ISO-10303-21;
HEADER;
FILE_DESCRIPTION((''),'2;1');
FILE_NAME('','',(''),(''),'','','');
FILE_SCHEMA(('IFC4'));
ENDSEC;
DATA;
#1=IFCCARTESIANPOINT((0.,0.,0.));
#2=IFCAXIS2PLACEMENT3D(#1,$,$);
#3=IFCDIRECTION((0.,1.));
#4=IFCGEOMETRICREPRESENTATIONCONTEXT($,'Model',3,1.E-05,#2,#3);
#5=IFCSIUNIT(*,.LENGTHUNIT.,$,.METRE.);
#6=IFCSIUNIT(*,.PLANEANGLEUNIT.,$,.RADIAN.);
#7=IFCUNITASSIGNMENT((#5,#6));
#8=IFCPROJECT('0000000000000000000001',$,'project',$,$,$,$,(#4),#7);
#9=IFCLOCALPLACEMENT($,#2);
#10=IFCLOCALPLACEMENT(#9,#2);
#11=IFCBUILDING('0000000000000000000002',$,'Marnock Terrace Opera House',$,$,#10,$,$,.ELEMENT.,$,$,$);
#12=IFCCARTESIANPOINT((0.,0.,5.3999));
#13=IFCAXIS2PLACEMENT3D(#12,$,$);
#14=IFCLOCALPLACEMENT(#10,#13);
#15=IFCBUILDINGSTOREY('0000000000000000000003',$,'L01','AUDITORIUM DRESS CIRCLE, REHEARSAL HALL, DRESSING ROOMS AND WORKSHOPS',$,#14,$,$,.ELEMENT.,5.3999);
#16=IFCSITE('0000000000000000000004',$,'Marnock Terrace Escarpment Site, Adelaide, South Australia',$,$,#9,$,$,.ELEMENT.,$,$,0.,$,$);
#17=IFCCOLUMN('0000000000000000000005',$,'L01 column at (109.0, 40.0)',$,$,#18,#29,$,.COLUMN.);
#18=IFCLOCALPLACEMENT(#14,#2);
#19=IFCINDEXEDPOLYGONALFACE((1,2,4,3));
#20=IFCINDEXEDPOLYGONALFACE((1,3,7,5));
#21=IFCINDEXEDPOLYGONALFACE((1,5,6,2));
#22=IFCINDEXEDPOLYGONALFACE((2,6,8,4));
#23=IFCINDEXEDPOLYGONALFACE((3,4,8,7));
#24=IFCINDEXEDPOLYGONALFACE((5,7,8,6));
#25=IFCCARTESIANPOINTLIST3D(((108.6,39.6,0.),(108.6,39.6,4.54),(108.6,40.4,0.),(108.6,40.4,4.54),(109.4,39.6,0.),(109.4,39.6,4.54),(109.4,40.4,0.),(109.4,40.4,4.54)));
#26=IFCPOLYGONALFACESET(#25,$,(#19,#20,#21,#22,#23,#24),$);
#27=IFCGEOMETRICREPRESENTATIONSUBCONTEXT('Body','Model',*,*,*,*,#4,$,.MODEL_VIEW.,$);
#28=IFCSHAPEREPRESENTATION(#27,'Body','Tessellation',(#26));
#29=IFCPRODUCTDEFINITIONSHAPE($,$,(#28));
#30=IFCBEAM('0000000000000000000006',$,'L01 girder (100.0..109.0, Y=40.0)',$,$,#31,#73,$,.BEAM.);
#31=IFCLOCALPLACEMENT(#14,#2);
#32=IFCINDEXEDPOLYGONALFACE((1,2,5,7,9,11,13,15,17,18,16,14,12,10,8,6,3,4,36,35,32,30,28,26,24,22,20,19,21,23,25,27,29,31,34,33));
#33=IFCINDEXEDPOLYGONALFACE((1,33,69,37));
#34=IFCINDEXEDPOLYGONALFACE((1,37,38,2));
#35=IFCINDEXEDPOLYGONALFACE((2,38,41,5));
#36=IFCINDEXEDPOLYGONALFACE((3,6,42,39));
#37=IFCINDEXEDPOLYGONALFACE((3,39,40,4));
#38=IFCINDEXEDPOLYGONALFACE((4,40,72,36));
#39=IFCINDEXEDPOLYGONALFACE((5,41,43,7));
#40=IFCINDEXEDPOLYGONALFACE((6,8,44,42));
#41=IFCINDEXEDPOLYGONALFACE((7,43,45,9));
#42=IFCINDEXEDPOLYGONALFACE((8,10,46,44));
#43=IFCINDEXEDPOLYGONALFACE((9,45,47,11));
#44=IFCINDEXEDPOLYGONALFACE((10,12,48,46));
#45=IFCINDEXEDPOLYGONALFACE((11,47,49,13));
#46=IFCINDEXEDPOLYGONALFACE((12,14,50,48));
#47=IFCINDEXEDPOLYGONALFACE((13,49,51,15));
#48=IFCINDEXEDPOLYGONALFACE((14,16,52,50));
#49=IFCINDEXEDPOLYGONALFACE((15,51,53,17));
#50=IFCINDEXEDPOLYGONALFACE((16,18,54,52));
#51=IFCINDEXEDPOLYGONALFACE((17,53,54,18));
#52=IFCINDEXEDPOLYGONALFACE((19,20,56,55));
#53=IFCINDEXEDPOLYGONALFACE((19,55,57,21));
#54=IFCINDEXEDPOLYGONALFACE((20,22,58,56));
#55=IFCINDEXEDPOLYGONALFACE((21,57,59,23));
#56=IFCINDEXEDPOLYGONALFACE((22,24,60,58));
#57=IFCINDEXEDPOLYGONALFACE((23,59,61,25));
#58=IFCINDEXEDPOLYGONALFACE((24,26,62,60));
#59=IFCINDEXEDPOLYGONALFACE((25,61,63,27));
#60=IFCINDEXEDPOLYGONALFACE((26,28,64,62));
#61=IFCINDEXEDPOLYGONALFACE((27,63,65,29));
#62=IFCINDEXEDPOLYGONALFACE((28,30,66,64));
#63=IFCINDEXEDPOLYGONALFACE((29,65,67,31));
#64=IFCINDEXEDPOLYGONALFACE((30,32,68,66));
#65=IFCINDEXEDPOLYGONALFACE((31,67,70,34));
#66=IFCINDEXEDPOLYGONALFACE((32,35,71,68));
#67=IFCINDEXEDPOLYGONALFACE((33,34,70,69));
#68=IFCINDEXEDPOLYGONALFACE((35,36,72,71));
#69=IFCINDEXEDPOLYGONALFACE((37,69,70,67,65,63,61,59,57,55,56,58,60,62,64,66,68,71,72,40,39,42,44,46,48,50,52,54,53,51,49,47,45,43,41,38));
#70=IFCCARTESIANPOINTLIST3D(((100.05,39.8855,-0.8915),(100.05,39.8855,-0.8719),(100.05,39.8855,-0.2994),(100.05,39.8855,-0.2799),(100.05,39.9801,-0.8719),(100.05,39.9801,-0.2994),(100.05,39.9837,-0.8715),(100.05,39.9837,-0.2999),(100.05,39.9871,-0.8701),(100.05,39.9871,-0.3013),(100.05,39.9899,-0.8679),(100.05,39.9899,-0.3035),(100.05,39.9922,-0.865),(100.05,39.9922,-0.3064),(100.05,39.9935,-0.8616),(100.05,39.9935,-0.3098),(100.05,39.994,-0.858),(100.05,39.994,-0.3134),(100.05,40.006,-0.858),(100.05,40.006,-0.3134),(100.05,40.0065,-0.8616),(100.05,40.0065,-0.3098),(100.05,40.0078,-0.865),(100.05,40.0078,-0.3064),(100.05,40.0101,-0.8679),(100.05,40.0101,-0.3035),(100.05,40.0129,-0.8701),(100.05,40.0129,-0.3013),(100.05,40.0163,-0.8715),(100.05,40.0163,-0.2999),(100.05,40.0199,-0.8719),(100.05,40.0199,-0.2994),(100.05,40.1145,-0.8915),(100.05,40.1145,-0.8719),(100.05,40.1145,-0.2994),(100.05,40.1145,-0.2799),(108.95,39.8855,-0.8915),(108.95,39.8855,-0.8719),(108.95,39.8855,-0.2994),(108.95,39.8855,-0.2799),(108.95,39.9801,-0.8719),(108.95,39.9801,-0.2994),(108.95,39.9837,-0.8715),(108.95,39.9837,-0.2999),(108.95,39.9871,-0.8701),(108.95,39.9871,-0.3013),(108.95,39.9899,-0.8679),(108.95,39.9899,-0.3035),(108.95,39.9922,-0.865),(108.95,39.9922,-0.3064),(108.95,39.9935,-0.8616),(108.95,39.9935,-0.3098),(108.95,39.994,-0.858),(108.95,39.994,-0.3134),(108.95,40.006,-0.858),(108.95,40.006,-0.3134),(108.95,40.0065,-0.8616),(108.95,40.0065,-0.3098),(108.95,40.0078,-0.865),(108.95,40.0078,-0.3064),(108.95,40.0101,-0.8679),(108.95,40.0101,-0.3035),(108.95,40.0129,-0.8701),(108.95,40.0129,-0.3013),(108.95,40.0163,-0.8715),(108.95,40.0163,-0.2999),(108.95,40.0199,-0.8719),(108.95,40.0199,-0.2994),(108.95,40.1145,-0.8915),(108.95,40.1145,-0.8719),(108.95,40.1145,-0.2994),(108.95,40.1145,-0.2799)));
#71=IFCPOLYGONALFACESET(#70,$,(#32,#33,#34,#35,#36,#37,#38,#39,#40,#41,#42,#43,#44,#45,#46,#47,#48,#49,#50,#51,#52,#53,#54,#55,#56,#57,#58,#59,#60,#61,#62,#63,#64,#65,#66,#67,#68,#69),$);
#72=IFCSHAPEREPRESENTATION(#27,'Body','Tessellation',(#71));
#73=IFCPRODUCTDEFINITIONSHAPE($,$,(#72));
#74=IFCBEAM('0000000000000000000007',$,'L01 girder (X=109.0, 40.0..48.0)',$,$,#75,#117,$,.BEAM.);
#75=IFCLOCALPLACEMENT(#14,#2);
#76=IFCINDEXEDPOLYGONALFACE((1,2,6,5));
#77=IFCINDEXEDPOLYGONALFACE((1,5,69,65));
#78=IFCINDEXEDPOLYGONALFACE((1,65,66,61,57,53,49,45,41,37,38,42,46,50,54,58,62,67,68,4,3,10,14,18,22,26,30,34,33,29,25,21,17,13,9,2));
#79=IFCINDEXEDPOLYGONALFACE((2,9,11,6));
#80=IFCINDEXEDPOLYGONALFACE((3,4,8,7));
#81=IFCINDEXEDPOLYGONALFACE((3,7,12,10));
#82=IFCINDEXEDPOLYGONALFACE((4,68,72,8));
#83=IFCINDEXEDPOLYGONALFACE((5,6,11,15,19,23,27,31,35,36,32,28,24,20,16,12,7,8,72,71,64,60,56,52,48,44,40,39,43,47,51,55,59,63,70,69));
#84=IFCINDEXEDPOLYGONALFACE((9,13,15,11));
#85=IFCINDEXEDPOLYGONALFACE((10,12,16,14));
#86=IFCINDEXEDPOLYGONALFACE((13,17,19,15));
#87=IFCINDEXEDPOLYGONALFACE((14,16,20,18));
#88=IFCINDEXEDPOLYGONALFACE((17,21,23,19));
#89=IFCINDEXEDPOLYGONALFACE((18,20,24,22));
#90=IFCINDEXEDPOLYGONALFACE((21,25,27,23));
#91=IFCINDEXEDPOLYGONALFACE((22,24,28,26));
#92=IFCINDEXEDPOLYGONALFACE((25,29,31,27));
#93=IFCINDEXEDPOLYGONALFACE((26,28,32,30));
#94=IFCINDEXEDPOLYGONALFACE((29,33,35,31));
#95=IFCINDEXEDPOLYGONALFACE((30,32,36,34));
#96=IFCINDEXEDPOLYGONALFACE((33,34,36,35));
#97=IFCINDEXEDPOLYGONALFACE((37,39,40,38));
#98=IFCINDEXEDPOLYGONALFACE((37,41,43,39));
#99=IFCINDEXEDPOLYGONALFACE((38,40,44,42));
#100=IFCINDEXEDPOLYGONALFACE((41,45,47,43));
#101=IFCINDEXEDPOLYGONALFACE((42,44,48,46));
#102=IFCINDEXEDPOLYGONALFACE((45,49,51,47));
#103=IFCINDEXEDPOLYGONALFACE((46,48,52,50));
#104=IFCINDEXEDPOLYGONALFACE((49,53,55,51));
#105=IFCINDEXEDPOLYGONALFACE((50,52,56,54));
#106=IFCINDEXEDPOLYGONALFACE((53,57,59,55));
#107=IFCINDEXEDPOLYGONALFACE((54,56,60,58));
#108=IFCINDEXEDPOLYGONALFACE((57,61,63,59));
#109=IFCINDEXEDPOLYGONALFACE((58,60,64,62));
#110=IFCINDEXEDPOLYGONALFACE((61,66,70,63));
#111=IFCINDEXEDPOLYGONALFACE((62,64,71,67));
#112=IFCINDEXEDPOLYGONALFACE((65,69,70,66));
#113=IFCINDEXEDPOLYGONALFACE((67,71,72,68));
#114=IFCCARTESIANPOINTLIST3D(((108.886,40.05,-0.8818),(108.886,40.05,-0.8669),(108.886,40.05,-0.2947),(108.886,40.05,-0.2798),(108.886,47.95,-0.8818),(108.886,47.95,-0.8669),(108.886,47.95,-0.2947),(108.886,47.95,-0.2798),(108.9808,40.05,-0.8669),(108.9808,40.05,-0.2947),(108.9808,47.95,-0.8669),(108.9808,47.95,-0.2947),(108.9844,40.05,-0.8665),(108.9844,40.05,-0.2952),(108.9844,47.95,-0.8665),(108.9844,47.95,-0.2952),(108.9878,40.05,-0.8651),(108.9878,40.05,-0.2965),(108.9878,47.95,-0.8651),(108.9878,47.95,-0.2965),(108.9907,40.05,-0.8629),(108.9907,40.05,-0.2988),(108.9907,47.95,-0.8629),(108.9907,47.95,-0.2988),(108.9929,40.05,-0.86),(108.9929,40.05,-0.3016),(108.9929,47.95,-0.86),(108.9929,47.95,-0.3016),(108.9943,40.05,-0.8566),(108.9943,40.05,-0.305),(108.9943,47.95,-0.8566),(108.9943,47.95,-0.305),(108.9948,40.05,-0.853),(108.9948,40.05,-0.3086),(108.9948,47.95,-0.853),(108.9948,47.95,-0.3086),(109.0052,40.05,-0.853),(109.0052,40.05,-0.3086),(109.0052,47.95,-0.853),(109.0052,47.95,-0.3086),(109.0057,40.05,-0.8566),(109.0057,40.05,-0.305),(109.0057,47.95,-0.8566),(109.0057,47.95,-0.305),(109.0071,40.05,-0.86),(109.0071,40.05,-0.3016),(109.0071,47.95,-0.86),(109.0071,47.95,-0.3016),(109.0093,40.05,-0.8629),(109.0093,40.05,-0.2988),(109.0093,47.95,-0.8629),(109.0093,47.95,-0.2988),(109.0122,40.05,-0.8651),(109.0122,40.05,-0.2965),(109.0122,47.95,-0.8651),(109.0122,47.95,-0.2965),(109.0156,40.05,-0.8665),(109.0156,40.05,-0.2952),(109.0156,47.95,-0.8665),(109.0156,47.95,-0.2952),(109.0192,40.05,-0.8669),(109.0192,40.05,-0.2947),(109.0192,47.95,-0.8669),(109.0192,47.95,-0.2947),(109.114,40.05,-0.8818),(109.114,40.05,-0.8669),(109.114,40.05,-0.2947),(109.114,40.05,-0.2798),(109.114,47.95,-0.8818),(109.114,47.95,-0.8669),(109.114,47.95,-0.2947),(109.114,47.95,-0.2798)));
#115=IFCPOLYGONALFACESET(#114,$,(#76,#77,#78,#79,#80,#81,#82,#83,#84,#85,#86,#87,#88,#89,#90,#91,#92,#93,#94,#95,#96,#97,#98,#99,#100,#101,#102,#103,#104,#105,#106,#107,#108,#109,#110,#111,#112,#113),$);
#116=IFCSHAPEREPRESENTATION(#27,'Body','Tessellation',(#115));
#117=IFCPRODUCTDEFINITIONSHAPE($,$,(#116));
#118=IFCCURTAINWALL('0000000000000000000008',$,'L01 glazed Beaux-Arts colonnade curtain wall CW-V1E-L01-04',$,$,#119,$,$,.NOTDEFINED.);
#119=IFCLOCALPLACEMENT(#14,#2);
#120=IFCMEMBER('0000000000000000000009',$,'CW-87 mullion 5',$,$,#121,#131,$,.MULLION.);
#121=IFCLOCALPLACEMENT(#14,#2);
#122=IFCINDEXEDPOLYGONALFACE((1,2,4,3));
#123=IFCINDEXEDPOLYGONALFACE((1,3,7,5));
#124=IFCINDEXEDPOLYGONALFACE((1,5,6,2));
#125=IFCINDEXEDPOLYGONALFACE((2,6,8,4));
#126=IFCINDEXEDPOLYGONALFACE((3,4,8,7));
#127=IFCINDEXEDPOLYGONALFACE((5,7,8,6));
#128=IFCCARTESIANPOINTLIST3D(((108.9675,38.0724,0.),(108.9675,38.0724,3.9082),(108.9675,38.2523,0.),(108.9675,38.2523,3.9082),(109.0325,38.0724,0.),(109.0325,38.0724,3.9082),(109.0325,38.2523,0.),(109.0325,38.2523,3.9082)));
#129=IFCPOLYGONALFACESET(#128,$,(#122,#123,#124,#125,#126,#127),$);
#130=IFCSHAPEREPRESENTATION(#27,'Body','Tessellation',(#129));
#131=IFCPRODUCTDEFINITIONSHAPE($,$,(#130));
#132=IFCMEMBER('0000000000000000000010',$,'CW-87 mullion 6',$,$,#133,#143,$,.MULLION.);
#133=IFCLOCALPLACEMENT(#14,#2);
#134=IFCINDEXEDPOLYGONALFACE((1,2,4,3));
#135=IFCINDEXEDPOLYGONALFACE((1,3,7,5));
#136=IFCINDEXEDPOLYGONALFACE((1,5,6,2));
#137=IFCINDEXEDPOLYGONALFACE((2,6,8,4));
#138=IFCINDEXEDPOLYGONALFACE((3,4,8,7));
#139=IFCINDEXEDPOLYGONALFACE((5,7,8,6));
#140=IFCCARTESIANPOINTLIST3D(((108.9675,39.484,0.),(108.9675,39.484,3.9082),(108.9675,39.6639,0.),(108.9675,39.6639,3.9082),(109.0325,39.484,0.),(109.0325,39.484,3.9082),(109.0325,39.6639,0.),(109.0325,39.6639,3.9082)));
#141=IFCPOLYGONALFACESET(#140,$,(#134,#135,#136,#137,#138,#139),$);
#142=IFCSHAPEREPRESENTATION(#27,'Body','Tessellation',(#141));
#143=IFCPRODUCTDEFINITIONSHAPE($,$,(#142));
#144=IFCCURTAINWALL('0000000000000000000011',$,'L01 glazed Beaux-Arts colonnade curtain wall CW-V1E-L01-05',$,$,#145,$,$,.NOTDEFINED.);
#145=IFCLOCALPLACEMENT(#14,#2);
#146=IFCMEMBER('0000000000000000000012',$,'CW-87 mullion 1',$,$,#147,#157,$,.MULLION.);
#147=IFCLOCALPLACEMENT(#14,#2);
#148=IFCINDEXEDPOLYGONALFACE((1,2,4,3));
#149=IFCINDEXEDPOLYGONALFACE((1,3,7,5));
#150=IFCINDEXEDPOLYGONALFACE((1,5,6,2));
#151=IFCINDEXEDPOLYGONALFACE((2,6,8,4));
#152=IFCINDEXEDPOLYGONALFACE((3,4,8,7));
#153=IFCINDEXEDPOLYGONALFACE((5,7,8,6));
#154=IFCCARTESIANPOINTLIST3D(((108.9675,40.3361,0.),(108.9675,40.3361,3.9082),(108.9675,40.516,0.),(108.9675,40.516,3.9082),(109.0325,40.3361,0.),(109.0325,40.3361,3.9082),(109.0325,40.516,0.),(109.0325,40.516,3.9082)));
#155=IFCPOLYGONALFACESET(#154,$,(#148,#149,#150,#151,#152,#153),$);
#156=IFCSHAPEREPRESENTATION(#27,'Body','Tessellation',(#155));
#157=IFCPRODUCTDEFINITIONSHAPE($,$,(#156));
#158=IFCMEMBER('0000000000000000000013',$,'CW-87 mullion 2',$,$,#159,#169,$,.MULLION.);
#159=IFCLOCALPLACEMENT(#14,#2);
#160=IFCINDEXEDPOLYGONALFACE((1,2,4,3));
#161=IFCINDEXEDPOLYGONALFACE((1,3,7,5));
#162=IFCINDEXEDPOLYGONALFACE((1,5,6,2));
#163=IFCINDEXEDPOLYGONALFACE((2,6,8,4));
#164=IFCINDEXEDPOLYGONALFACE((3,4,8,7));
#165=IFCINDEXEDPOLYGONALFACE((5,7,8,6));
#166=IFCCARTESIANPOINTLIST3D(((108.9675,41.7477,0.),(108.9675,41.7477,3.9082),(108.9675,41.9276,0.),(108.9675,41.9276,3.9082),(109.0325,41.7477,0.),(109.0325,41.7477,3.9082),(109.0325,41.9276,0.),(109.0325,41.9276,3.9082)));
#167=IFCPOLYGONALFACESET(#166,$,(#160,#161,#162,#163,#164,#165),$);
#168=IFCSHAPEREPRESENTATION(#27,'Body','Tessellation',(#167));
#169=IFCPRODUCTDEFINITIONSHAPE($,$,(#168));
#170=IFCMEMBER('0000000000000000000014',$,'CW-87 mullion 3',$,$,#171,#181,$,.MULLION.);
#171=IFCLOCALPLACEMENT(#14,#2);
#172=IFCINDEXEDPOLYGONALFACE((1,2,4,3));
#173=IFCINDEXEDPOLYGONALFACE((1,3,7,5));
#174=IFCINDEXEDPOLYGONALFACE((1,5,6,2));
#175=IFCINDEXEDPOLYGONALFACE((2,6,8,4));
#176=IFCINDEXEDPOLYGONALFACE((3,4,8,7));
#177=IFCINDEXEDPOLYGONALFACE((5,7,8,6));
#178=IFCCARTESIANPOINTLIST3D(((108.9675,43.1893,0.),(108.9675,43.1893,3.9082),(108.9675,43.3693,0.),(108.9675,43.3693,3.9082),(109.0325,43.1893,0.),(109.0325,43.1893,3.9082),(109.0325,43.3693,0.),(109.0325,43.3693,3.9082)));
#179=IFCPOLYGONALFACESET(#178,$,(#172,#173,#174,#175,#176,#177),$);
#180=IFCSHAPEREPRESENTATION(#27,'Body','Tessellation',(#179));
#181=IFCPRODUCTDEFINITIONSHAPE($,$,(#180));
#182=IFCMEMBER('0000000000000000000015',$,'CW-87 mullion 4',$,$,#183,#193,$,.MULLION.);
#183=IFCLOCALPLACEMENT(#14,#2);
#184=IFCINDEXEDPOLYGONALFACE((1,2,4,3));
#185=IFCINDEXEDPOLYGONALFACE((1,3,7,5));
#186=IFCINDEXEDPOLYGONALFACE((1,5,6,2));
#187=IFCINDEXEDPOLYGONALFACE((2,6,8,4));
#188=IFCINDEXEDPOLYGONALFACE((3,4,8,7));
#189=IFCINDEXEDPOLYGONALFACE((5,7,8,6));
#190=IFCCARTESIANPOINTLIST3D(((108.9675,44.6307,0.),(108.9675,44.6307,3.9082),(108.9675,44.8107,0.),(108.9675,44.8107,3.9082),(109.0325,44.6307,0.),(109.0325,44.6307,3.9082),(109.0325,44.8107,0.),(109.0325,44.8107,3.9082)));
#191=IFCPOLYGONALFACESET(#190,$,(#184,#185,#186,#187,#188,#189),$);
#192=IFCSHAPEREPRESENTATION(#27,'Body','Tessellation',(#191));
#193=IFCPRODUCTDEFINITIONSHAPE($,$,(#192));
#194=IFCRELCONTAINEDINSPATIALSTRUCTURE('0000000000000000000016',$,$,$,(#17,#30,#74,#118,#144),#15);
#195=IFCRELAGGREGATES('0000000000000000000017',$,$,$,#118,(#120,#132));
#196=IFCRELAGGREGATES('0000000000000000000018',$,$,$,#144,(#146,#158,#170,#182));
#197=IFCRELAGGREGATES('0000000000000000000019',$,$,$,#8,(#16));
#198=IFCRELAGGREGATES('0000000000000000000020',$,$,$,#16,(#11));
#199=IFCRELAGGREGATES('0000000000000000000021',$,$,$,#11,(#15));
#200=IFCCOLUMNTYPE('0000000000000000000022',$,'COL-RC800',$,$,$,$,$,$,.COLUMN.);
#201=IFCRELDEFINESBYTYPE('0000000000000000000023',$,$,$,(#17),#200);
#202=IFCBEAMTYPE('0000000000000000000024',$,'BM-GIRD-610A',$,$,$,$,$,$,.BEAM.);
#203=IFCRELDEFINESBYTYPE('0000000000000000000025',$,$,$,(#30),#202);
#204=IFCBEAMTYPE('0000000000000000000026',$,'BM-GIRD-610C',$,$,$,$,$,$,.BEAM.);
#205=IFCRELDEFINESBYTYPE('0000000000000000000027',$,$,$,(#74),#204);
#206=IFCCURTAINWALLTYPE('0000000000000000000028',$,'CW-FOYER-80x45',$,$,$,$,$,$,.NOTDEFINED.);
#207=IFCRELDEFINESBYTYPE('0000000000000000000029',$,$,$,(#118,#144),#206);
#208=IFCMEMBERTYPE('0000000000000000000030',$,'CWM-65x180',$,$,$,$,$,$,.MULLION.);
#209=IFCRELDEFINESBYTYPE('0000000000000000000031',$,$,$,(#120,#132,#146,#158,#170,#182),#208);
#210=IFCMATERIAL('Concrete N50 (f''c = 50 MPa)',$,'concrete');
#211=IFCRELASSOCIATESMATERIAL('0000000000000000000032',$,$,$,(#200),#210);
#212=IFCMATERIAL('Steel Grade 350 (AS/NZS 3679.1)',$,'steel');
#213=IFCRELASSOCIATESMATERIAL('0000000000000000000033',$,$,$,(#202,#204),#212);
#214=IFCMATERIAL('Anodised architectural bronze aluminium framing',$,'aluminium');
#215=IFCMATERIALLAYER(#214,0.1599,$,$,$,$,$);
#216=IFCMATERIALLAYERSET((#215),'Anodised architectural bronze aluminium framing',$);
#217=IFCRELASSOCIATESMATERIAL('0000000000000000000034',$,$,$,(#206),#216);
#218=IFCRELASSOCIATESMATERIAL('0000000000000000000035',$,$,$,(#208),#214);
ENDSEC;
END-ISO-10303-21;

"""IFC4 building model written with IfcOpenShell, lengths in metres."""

from ifc_helpers import new_model, si_unit, direction, frame, origin, origin_2d, place, context, subcontext, project, spatial, rectangle, i_section, extrude, material, layer, layer_set, material_profile, profile_set, type_object, element, aggregate, save


model = new_model("IFC4")

# Units and contexts
model_context = context("Model", 3, precision=1e-05, world=origin(), true_north=direction((0.0, 1.0)))
body_context = subcontext(model_context, "Body", "Model", "MODEL_VIEW")
ifc_project = project(units=[si_unit("LENGTHUNIT", "METRE"), si_unit("PLANEANGLEUNIT", "RADIAN")], contexts=[model_context])

# Site, building, storey
site_placement = place(None, origin())
site = spatial("IfcSite", under=ifc_project, at=site_placement, Name="Marnock Terrace Escarpment Site, Adelaide, South Australia", CompositionType="ELEMENT", RefElevation=0.0)
building_placement = place(site_placement, origin())
building = spatial("IfcBuilding", under=site, at=building_placement, Name="Marnock Terrace Opera House", CompositionType="ELEMENT")
storey_placement = place(building_placement, frame((0.0, 0.0, 5.3999)))
storey = spatial("IfcBuildingStorey", under=building, at=storey_placement, Name="L01", Description="AUDITORIUM DRESS CIRCLE, REHEARSAL HALL, DRESSING ROOMS AND WORKSHOPS", CompositionType="ELEMENT", Elevation=5.3999)

# Column
ifc_material_1 = material(Name="Concrete N50 (f'c = 50 MPa)", Category="concrete")
ifc_material_profile_1 = material_profile(ifc_material_1, rectangle(XDim=0.8, YDim=0.8, at=origin_2d()))
ifc_profile_set_1 = profile_set([ifc_material_profile_1], Name="Concrete N50 (f'c = 50 MPa)")
column_type = type_object("IfcColumnType", Name="COL-RC800", PredefinedType="COLUMN", material=ifc_profile_set_1)
column_placement = place(storey_placement, frame((109.0, 40.0, 0.0), z_axis=(0.0, 0.0, 1.0), x_axis=(1.0, 0.0, 0.0)))
element("IfcColumn", 1, at=column_placement, inside=storey, type_object=column_type, Name="L01 column at (109.0, 40.0)", PredefinedType="COLUMN", context=body_context, shape_type="SweptSolid", body=[
    extrude(rectangle(XDim=0.8, YDim=0.8, at=origin_2d()), origin(), (0.0, 0.0, 1.0), 4.54),
])

# Beams
ifc_material_2 = material(Name="Steel Grade 350 (AS/NZS 3679.1)", Category="steel")
ifc_material_profile_2 = material_profile(ifc_material_2, i_section(OverallWidth=0.229, OverallDepth=0.6116, WebThickness=0.012, FlangeThickness=0.0195, FilletRadius=0.0139, at=origin_2d()))
ifc_profile_set_2 = profile_set([ifc_material_profile_2], Name="Steel Grade 350 (AS/NZS 3679.1)")
beam_type_1 = type_object("IfcBeamType", Name="BM-GIRD-610A", PredefinedType="BEAM", material=ifc_profile_set_2)
beam_1_placement = place(storey_placement, frame((100.05, 40.0, -0.5857), z_axis=(1.0, 0.0, 0.0), x_axis=(0.0, 1.0, 0.0)))
element("IfcBeam", 2, at=beam_1_placement, inside=storey, type_object=beam_type_1, Name="L01 girder (100.0..109.0, Y=40.0)", PredefinedType="BEAM", context=body_context, shape_type="SweptSolid", body=[
    extrude(i_section(OverallWidth=0.229, OverallDepth=0.6116, WebThickness=0.012, FlangeThickness=0.0195, FilletRadius=0.0139, at=origin_2d()), origin(), (0.0, 0.0, 1.0), 8.8999),
])
ifc_material_profile_3 = material_profile(ifc_material_2, i_section(OverallWidth=0.228, OverallDepth=0.6021, WebThickness=0.0105, FlangeThickness=0.0149, FilletRadius=0.0139, at=origin_2d()))
ifc_profile_set_3 = profile_set([ifc_material_profile_3], Name="Steel Grade 350 (AS/NZS 3679.1)")
beam_type_2 = type_object("IfcBeamType", Name="BM-GIRD-610C", PredefinedType="BEAM", material=ifc_profile_set_3)
beam_2_placement = place(storey_placement, frame((109.0, 40.05, -0.5808), z_axis=(0.0, 1.0, 0.0), x_axis=(-1.0, 0.0, 0.0)))
element("IfcBeam", 3, at=beam_2_placement, inside=storey, type_object=beam_type_2, Name="L01 girder (X=109.0, 40.0..48.0)", PredefinedType="BEAM", context=body_context, shape_type="SweptSolid", body=[
    extrude(i_section(OverallWidth=0.228, OverallDepth=0.6021, WebThickness=0.0105, FlangeThickness=0.0149, FilletRadius=0.0139, at=origin_2d()), origin(), (0.0, 0.0, 1.0), 7.8999),
])

# Curtain walls, members
ifc_material_3 = material(Name="Anodised architectural bronze aluminium framing", Category="aluminium")
ifc_layer_1 = layer(ifc_material_3, 0.1599)
ifc_layer_set_1 = layer_set([ifc_layer_1], Name="Anodised architectural bronze aluminium framing")
curtain_wall_type = type_object("IfcCurtainWallType", Name="CW-FOYER-80x45", PredefinedType="NOTDEFINED", material=ifc_layer_set_1)
curtain_wall_1_placement = place(storey_placement, origin())
curtain_wall_1 = element("IfcCurtainWall", 4, at=curtain_wall_1_placement, inside=storey, type_object=curtain_wall_type, Name="L01 glazed Beaux-Arts colonnade curtain wall CW-V1E-L01-04", PredefinedType="NOTDEFINED")
ifc_material_profile_4 = material_profile(ifc_material_3, rectangle(XDim=0.0649, YDim=0.1799, at=origin_2d()))
ifc_profile_set_4 = profile_set([ifc_material_profile_4], Name="Anodised architectural bronze aluminium framing")
member_type_1 = type_object("IfcMemberType", Name="CWM-65x180", PredefinedType="MULLION", material=ifc_profile_set_4)
member_1_placement = place(storey_placement, frame((109.0, 38.1624, 0.0), z_axis=(0.0, 0.0, 1.0), x_axis=(-1.0, 0.0, 0.0)))
member_1 = element("IfcMember", 5, at=member_1_placement, type_object=member_type_1, Name="CW-87 mullion 5", PredefinedType="MULLION", context=body_context, shape_type="SweptSolid", body=[
    extrude(rectangle(XDim=0.0649, YDim=0.1799, at=origin_2d()), origin(), (0.0, 0.0, 1.0), 3.9082),
])
member_2_placement = place(storey_placement, frame((109.0, 39.574, 0.0), z_axis=(0.0, 0.0, 1.0), x_axis=(-1.0, 0.0, 0.0)))
member_2 = element("IfcMember", 6, at=member_2_placement, type_object=member_type_1, Name="CW-87 mullion 6", PredefinedType="MULLION", context=body_context, shape_type="SweptSolid", body=[
    extrude(rectangle(XDim=0.0649, YDim=0.1799, at=origin_2d()), origin(), (0.0, 0.0, 1.0), 3.9082),
])
curtain_wall_2_placement = place(storey_placement, origin())
curtain_wall_2 = element("IfcCurtainWall", 7, at=curtain_wall_2_placement, inside=storey, type_object=curtain_wall_type, Name="L01 glazed Beaux-Arts colonnade curtain wall CW-V1E-L01-05", PredefinedType="NOTDEFINED")
member_3_placement = place(storey_placement, frame((109.0, 40.426, 0.0), z_axis=(0.0, 0.0, 1.0), x_axis=(-1.0, 0.0, 0.0)))
member_3 = element("IfcMember", 8, at=member_3_placement, type_object=member_type_1, Name="CW-87 mullion 1", PredefinedType="MULLION", context=body_context, shape_type="SweptSolid", body=[
    extrude(rectangle(XDim=0.0649, YDim=0.1799, at=origin_2d()), origin(), (0.0, 0.0, 1.0), 3.9082),
])
member_4_placement = place(storey_placement, frame((109.0, 41.8376, 0.0), z_axis=(0.0, 0.0, 1.0), x_axis=(-1.0, 0.0, 0.0)))
member_4 = element("IfcMember", 9, at=member_4_placement, type_object=member_type_1, Name="CW-87 mullion 2", PredefinedType="MULLION", context=body_context, shape_type="SweptSolid", body=[
    extrude(rectangle(XDim=0.0649, YDim=0.1799, at=origin_2d()), origin(), (0.0, 0.0, 1.0), 3.9082),
])
member_5_placement = place(storey_placement, frame((109.0, 43.2793, 0.0), z_axis=(0.0, 0.0, 1.0), x_axis=(-1.0, 0.0, 0.0)))
member_5 = element("IfcMember", 10, at=member_5_placement, type_object=member_type_1, Name="CW-87 mullion 3", PredefinedType="MULLION", context=body_context, shape_type="SweptSolid", body=[
    extrude(rectangle(XDim=0.0649, YDim=0.1799, at=origin_2d()), origin(), (0.0, 0.0, 1.0), 3.9082),
])
member_6_placement = place(storey_placement, frame((109.0, 44.7207, 0.0), z_axis=(0.0, 0.0, 1.0), x_axis=(-1.0, 0.0, 0.0)))
member_6 = element("IfcMember", 11, at=member_6_placement, type_object=member_type_1, Name="CW-87 mullion 4", PredefinedType="MULLION", context=body_context, shape_type="SweptSolid", body=[
    extrude(rectangle(XDim=0.0649, YDim=0.1799, at=origin_2d()), origin(), (0.0, 0.0, 1.0), 3.9082),
])

aggregate(curtain_wall_1, [member_1, member_2])
aggregate(curtain_wall_2, [member_3, member_4, member_5, member_6])

save(model, "model.ifc")
